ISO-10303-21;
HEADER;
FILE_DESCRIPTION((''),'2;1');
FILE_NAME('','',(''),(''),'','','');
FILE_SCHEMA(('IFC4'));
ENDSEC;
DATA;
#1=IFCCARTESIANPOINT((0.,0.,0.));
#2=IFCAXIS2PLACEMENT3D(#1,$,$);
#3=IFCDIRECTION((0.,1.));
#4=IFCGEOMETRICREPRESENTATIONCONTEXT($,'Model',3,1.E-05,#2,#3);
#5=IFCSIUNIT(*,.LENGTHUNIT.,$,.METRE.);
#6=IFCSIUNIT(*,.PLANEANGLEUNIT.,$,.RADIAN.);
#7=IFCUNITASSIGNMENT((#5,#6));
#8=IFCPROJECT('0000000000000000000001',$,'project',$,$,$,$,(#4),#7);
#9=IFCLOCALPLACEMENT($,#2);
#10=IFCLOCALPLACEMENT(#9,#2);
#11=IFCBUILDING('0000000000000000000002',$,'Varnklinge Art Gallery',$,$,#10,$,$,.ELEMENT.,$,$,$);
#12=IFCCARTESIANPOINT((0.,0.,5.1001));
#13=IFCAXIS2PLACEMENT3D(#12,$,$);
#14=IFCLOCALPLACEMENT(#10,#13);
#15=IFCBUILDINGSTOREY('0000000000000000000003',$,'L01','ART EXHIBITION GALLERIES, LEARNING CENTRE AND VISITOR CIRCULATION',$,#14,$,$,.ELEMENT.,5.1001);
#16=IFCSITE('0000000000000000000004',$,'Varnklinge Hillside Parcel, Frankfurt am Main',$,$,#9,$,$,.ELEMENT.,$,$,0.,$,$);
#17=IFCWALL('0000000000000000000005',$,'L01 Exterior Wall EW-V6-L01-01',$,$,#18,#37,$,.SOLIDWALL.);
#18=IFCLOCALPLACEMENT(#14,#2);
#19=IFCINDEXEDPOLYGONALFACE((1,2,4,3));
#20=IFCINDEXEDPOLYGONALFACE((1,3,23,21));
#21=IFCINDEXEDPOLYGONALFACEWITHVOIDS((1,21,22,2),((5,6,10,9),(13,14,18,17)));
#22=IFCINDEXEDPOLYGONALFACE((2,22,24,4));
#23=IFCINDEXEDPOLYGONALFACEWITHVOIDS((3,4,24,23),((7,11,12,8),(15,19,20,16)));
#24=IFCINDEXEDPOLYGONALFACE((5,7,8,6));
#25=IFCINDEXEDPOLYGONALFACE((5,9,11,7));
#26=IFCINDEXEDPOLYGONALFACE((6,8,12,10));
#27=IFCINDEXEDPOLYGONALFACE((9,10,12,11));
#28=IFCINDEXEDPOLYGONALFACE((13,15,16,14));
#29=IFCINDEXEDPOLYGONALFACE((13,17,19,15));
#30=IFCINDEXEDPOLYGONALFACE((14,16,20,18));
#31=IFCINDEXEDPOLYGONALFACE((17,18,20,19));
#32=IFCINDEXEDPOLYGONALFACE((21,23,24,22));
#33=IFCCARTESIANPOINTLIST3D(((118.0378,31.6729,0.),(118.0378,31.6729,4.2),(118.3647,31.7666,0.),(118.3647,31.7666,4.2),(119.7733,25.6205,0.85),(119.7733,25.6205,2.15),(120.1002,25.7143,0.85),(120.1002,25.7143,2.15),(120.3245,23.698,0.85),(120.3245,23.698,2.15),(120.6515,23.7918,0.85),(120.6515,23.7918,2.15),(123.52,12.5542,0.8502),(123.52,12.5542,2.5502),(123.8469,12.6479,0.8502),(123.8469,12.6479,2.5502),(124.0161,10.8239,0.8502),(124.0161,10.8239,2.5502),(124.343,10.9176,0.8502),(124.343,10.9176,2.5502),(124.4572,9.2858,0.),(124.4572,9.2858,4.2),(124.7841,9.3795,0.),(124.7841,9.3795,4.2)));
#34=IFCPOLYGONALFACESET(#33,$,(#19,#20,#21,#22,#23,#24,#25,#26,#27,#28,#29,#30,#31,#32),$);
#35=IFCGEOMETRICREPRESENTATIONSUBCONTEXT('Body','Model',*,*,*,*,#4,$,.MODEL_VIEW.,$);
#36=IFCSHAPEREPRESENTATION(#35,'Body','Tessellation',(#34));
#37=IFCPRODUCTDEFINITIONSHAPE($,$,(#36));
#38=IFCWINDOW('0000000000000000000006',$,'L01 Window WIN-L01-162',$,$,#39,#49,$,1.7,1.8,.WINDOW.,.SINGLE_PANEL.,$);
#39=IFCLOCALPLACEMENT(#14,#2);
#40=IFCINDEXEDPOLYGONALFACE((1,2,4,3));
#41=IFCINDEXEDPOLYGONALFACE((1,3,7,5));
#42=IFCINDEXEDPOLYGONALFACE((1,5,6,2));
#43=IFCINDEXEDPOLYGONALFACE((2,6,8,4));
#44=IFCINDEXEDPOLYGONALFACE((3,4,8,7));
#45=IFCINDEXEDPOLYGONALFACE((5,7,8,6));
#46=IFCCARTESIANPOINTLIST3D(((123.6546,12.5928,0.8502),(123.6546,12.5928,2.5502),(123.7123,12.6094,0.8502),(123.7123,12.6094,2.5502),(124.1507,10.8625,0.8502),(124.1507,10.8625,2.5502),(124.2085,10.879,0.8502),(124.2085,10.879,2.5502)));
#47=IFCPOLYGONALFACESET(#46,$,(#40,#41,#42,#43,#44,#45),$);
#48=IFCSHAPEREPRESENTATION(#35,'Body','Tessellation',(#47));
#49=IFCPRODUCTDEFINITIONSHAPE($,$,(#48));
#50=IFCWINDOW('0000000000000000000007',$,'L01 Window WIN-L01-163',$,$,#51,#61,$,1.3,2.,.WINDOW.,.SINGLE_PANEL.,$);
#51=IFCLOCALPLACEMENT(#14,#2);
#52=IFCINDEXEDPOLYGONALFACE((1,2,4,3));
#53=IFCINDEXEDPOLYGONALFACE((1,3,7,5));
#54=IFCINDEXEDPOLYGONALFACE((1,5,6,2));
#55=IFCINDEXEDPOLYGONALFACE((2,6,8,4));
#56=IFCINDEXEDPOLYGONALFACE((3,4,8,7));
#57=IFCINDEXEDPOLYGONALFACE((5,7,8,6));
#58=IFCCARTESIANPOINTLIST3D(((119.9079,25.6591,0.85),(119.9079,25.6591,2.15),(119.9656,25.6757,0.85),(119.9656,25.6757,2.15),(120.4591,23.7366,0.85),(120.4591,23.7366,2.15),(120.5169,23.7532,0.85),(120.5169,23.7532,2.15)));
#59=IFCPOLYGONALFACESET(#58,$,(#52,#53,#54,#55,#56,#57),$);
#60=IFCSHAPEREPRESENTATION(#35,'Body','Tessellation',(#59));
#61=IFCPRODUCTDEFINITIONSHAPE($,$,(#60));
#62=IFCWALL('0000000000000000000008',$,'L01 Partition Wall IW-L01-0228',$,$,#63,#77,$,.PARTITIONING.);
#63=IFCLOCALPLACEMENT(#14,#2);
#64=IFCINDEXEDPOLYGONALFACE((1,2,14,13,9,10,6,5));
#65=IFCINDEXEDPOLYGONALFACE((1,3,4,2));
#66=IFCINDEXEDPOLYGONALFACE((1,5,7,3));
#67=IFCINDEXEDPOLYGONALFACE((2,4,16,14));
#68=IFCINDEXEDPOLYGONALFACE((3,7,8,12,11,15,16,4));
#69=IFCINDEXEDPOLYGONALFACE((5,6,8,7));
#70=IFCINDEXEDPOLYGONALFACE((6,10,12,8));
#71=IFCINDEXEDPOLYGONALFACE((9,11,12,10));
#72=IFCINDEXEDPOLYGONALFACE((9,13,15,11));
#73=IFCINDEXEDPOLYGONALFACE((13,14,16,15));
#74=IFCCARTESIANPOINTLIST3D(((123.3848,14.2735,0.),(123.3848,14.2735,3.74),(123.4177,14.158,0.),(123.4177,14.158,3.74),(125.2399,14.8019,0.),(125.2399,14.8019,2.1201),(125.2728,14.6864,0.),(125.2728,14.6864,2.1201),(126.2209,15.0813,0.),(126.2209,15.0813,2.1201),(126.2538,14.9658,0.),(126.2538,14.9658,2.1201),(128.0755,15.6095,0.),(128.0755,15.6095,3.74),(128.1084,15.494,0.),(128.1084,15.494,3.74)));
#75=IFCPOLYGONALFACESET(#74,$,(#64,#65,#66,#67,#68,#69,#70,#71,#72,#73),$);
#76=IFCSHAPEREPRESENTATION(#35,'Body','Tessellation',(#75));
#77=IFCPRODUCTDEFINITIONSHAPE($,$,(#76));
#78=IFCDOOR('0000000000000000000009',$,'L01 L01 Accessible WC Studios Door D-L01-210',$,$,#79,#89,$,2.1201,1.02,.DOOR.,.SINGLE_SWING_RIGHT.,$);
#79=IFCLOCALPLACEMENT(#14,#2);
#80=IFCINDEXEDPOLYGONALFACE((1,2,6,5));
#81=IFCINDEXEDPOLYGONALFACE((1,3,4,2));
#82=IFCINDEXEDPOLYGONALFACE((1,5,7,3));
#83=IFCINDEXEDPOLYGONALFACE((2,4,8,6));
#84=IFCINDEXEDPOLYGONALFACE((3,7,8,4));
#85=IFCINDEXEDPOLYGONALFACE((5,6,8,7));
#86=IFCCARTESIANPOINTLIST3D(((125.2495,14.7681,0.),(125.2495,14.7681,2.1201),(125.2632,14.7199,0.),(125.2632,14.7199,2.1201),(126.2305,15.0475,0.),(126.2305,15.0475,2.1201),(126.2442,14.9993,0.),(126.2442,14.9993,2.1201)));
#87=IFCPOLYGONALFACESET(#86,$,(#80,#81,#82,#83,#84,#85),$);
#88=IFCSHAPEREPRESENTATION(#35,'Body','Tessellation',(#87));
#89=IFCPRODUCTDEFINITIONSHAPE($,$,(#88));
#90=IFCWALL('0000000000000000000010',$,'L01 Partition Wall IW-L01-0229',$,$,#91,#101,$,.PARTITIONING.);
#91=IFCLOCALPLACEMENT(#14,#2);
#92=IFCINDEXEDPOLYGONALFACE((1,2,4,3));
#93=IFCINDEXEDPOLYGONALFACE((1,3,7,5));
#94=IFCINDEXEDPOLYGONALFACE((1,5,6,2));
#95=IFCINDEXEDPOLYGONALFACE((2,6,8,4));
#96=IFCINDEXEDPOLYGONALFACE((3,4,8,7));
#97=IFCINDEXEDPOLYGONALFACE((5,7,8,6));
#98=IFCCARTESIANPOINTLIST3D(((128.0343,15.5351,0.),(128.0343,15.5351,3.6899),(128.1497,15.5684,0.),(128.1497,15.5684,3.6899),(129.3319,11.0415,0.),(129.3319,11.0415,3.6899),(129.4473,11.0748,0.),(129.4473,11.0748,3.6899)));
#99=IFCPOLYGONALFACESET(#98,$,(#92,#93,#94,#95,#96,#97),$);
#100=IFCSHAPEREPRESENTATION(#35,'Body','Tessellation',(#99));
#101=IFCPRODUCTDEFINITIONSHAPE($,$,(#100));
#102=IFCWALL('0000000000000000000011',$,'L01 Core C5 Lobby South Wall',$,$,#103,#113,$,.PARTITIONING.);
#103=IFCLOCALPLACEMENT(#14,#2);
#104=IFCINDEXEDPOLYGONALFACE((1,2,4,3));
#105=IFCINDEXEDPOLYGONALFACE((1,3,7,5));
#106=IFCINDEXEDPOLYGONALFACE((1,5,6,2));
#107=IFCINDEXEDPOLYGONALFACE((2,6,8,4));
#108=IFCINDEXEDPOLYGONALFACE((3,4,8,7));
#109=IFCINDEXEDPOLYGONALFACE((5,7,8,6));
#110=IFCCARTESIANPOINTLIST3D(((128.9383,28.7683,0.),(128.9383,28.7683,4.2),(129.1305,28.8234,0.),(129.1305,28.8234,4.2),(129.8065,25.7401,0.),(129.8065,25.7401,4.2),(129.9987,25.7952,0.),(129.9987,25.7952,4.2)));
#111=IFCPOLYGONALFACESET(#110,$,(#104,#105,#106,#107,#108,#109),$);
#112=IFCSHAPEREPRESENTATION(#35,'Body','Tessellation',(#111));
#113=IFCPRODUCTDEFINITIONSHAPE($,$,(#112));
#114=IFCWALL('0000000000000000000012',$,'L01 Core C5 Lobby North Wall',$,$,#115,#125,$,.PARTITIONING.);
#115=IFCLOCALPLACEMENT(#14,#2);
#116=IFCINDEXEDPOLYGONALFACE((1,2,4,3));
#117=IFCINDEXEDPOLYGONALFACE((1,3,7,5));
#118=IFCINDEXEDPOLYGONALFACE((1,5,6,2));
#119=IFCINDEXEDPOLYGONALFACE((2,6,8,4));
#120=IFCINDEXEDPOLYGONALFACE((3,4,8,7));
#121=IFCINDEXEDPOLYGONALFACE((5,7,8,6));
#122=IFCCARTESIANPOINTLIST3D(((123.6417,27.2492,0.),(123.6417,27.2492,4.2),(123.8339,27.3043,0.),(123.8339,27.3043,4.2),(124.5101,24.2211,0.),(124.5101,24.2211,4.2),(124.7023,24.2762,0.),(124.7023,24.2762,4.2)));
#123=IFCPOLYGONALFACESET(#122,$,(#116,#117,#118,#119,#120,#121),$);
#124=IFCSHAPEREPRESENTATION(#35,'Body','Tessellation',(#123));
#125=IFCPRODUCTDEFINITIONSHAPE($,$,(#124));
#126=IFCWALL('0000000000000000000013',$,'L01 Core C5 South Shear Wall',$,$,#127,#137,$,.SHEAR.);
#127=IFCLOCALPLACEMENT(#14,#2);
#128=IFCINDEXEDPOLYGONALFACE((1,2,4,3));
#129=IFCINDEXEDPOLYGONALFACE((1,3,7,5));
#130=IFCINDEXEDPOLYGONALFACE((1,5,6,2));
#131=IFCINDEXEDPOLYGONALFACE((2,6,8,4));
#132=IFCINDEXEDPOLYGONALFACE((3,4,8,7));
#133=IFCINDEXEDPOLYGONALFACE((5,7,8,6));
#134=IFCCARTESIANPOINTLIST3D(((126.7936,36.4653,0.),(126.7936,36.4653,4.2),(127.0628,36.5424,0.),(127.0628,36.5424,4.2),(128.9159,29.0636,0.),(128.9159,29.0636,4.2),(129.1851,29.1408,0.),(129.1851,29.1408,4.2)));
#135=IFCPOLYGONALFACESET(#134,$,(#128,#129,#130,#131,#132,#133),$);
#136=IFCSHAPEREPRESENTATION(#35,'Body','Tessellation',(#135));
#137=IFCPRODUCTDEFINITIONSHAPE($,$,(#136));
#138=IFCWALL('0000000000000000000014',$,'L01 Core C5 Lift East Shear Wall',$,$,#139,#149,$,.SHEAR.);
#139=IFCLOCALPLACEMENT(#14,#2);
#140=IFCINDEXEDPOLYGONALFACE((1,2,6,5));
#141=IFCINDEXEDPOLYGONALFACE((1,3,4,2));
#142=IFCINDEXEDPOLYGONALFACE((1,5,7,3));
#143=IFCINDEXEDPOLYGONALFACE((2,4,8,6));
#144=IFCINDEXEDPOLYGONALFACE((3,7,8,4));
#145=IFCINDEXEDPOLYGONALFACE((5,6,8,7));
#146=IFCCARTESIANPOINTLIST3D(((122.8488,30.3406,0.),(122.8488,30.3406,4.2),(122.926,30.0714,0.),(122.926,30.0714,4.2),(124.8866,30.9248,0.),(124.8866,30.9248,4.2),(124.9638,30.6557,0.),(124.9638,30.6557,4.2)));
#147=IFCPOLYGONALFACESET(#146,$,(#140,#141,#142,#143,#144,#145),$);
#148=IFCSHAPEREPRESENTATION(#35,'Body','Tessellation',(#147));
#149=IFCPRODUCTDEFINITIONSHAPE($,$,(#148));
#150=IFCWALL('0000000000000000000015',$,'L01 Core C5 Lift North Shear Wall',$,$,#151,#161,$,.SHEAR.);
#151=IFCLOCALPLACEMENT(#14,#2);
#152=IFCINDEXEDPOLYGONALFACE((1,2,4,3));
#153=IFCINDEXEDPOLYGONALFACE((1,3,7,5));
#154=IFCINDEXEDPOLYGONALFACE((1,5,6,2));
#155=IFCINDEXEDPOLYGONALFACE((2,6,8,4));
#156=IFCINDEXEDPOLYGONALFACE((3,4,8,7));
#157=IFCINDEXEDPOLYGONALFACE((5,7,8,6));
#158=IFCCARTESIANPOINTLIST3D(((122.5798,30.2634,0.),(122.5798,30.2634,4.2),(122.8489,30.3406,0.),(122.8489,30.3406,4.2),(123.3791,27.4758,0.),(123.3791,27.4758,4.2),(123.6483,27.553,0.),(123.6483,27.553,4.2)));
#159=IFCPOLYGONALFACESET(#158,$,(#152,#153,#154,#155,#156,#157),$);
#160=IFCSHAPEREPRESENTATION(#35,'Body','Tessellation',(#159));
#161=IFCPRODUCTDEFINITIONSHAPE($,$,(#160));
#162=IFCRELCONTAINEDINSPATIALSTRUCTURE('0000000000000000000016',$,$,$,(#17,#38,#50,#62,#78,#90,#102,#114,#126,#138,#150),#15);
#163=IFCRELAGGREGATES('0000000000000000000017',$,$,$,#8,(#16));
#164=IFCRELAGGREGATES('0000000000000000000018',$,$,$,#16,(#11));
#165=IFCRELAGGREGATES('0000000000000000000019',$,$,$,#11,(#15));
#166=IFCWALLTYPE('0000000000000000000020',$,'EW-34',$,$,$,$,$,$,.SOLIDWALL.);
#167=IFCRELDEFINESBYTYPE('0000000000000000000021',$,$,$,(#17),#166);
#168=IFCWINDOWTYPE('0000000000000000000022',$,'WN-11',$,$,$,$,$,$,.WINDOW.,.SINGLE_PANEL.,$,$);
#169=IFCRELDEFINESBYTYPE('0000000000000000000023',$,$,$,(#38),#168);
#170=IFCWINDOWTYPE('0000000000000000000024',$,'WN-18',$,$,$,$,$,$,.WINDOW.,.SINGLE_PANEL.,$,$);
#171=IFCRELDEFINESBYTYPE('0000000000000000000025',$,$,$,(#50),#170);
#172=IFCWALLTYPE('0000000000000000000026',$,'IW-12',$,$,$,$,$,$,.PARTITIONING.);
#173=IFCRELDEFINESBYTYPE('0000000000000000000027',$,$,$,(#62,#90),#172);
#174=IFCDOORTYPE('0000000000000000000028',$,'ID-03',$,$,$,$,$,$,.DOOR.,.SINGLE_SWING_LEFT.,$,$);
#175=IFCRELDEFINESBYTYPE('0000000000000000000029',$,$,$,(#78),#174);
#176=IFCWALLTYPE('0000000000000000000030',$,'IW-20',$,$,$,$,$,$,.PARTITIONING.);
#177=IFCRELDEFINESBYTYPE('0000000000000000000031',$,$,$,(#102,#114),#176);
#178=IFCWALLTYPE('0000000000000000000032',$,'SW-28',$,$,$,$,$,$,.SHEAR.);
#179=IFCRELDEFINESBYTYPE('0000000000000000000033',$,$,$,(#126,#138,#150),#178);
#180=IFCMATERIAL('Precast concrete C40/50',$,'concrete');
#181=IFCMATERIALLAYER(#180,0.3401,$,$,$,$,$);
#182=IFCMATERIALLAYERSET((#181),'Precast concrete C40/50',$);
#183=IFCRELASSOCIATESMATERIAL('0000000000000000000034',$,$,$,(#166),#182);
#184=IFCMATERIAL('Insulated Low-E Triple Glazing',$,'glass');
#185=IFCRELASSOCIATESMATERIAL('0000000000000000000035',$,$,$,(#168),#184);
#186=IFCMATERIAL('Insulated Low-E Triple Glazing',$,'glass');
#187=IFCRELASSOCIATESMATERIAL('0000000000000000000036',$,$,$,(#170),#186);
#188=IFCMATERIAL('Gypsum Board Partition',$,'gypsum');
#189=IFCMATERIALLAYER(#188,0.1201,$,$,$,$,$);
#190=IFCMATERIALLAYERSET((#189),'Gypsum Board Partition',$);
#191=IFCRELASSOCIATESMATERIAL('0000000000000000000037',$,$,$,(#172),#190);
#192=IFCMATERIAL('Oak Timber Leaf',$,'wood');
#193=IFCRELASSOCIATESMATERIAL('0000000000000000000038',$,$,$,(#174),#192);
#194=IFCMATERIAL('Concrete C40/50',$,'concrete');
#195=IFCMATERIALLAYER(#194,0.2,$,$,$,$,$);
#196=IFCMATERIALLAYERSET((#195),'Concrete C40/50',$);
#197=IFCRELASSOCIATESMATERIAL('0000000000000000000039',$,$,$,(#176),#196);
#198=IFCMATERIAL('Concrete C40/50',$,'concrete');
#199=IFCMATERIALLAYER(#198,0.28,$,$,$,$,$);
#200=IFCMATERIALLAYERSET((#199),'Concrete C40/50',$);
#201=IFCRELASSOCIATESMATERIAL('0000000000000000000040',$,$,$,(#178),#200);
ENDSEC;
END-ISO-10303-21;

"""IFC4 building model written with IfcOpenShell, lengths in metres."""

from ifc_helpers import new_model, si_unit, direction, frame, frame_2d, origin, place, context, subcontext, project, spatial, rectangle, extrude, material, layer, layer_set, type_object, element, fill, save


model = new_model("IFC4")

# Units and contexts
model_context = context("Model", 3, precision=1e-05, world=origin(), true_north=direction((0.0, 1.0)))
body_context = subcontext(model_context, "Body", "Model", "MODEL_VIEW")
ifc_project = project(units=[si_unit("LENGTHUNIT", "METRE"), si_unit("PLANEANGLEUNIT", "RADIAN")], contexts=[model_context])

# Site, building, storey
site_placement = place(None, origin())
site = spatial("IfcSite", under=ifc_project, at=site_placement, Name="Varnklinge Hillside Parcel, Frankfurt am Main", CompositionType="ELEMENT", RefElevation=0.0)
building_placement = place(site_placement, origin())
building = spatial("IfcBuilding", under=site, at=building_placement, Name="Varnklinge Art Gallery", CompositionType="ELEMENT")
storey_placement = place(building_placement, frame((0.0, 0.0, 5.1001)))
storey = spatial("IfcBuildingStorey", under=building, at=storey_placement, Name="L01", Description="ART EXHIBITION GALLERIES, LEARNING CENTRE AND VISITOR CIRCULATION", CompositionType="ELEMENT", Elevation=5.1001)

# Wall, openings, windows
ifc_material_1 = material(Name="Precast concrete C40/50", Category="concrete")
ifc_layer_1 = layer(ifc_material_1, 0.3401)
ifc_layer_set_1 = layer_set([ifc_layer_1], Name="Precast concrete C40/50")
wall_type_1 = type_object("IfcWallType", Name="EW-34", PredefinedType="SOLIDWALL", material=ifc_layer_set_1)
wall_1_placement = place(storey_placement, frame((124.6206, 9.3328, 0.0), z_axis=(0.0, 0.0, 1.0), x_axis=(-0.275638, 0.961262, 0.0)))
wall_1 = element("IfcWall", 1, at=wall_1_placement, inside=storey, type_object=wall_type_1, Name="L01 Exterior Wall EW-V6-L01-01", PredefinedType="SOLIDWALL", context=body_context, shape_type="SweptSolid", body=[
    extrude(rectangle(XDim=23.2893, YDim=0.3401, at=frame_2d((11.6445, 0.0))), origin(), (0.0, 0.0, 1.0), 4.2),
])
opening_1_placement = place(wall_1_placement, frame((1.6001, 0.0, 0.8501)))
opening_1 = element("IfcOpeningElement", 2, at=opening_1_placement, cuts=wall_1, PredefinedType="OPENING", context=body_context, shape_type="SweptSolid", body=[
    extrude(rectangle(XDim=1.8, YDim=1.7, at=frame_2d((0.8999, 0.8501))), frame((0.0, 0.1799, 0.0), z_axis=(0.0, -1.0, 0.0), x_axis=(1.0, 0.0, 0.0)), (0.0, 0.0, 1.0), 0.3601),
])
opening_2_placement = place(wall_1_placement, frame((14.9929, 0.0, 0.8501)))
opening_2 = element("IfcOpeningElement", 3, at=opening_2_placement, cuts=wall_1, PredefinedType="OPENING", context=body_context, shape_type="SweptSolid", body=[
    extrude(rectangle(XDim=2.0, YDim=1.3, at=frame_2d((1.0, 0.6499))), frame((0.0, 0.1799, 0.0), z_axis=(0.0, -1.0, 0.0), x_axis=(1.0, 0.0, 0.0)), (0.0, 0.0, 1.0), 0.3601),
])
ifc_material_2 = material(Name="Insulated Low-E Triple Glazing", Category="glass")
window_type_1 = type_object("IfcWindowType", Name="WN-11", PartitioningType="SINGLE_PANEL", PredefinedType="WINDOW", material=ifc_material_2)
window_1_placement = place(opening_1_placement, origin())
window_1 = element("IfcWindow", 4, at=window_1_placement, inside=storey, type_object=window_type_1, Name="L01 Window WIN-L01-162", OverallHeight=1.7, OverallWidth=1.8, PartitioningType="SINGLE_PANEL", PredefinedType="WINDOW", context=body_context, shape_type="SweptSolid", body=[
    extrude(rectangle(XDim=1.8, YDim=1.7, at=frame_2d((0.8999, 0.8501))), frame((0.0, 0.03, 0.0), z_axis=(0.0, -1.0, 0.0), x_axis=(1.0, 0.0, 0.0)), (0.0, 0.0, 1.0), 0.0601),
])
fill(opening_1, window_1)
ifc_material_3 = material(Name="Insulated Low-E Triple Glazing", Category="glass")
window_type_2 = type_object("IfcWindowType", Name="WN-18", PartitioningType="SINGLE_PANEL", PredefinedType="WINDOW", material=ifc_material_3)
window_2_placement = place(opening_2_placement, origin())
window_2 = element("IfcWindow", 5, at=window_2_placement, inside=storey, type_object=window_type_2, Name="L01 Window WIN-L01-163", OverallHeight=1.3, OverallWidth=2.0, PartitioningType="SINGLE_PANEL", PredefinedType="WINDOW", context=body_context, shape_type="SweptSolid", body=[
    extrude(rectangle(XDim=2.0, YDim=1.3, at=frame_2d((1.0, 0.6499))), frame((0.0, 0.03, 0.0), z_axis=(0.0, -1.0, 0.0), x_axis=(1.0, 0.0, 0.0)), (0.0, 0.0, 1.0), 0.0601),
])
fill(opening_2, window_2)

# Wall, opening, door
ifc_material_4 = material(Name="Gypsum Board Partition", Category="gypsum")
ifc_layer_2 = layer(ifc_material_4, 0.1201)
ifc_layer_set_2 = layer_set([ifc_layer_2], Name="Gypsum Board Partition")
wall_type_2 = type_object("IfcWallType", Name="IW-12", PredefinedType="PARTITIONING", material=ifc_layer_set_2)
wall_2_placement = place(storey_placement, frame((123.4014, 14.2158, 0.0), z_axis=(0.0, 0.0, 1.0), x_axis=(0.961754, 0.273914, 0.0)))
wall_2 = element("IfcWall", 6, at=wall_2_placement, inside=storey, type_object=wall_type_2, Name="L01 Partition Wall IW-L01-0228", PredefinedType="PARTITIONING", context=body_context, shape_type="SweptSolid", body=[
    extrude(rectangle(XDim=4.8772, YDim=0.1201, at=frame_2d((2.4385, 0.0))), origin(), (0.0, 0.0, 1.0), 3.74),
])
opening_3_placement = place(wall_2_placement, frame((1.9287, 0.0, 0.0)))
opening_3 = element("IfcOpeningElement", 7, at=opening_3_placement, cuts=wall_2, PredefinedType="OPENING", context=body_context, shape_type="SweptSolid", body=[
    extrude(rectangle(XDim=1.02, YDim=2.1201, at=frame_2d((0.51, 1.0601))), frame((0.0, 0.0701, 0.0), z_axis=(0.0, -1.0, 0.0), x_axis=(1.0, 0.0, 0.0)), (0.0, 0.0, 1.0), 0.1401),
])
ifc_material_5 = material(Name="Oak Timber Leaf", Category="wood")
door_type_1 = type_object("IfcDoorType", Name="ID-03", OperationType="SINGLE_SWING_LEFT", PredefinedType="DOOR", material=ifc_material_5)
door_1_placement = place(opening_3_placement, origin())
door_1 = element("IfcDoor", 8, at=door_1_placement, inside=storey, type_object=door_type_1, Name="L01 L01 Accessible WC Studios Door D-L01-210", OperationType="SINGLE_SWING_RIGHT", OverallHeight=2.1201, OverallWidth=1.02, PredefinedType="DOOR", context=body_context, shape_type="SweptSolid", body=[
    extrude(rectangle(XDim=1.02, YDim=2.1201, at=frame_2d((0.51, 1.0601))), frame((0.0, 0.0249, 0.0), z_axis=(0.0, -1.0, 0.0), x_axis=(1.0, 0.0, 0.0)), (0.0, 0.0, 1.0), 0.05),
])
fill(opening_3, door_1)

# Walls
wall_3_placement = place(storey_placement, frame((128.092, 15.5518, 0.0), z_axis=(0.0, 0.0, 1.0), x_axis=(0.277429, -0.960746, 0.0)))
element("IfcWall", 9, at=wall_3_placement, inside=storey, type_object=wall_type_2, Name="L01 Partition Wall IW-L01-0229", PredefinedType="PARTITIONING", context=body_context, shape_type="SweptSolid", body=[
    extrude(rectangle(XDim=4.6772, YDim=0.1201, at=frame_2d((2.3386, 0.0))), origin(), (0.0, 0.0, 1.0), 3.6899),
])
ifc_material_6 = material(Name="Concrete C40/50", Category="concrete")
ifc_layer_3 = layer(ifc_material_6, 0.2)
ifc_layer_set_3 = layer_set([ifc_layer_3], Name="Concrete C40/50")
wall_type_3 = type_object("IfcWallType", Name="IW-20", PredefinedType="PARTITIONING", material=ifc_layer_set_3)
for number, where, z_axis, x_axis, name in (
    (10, (129.9026, 25.7676, 0.0), (0.0, 0.0, 1.0), (-0.275601, 0.961272, 0.0), "L01 Core C5 Lobby South Wall"),
    (11, (123.7378, 27.2769, 0.0), (0.0, 0.0, 1.0), (0.275673, -0.961251, 0.0), "L01 Core C5 Lobby North Wall"),
):
    element("IfcWall", number, at=place(storey_placement, frame(where, z_axis=z_axis, x_axis=x_axis)), inside=storey, type_object=wall_type_3, Name=name, PredefinedType="PARTITIONING", context=body_context, shape_type="SweptSolid", body=[
        extrude(rectangle(XDim=3.1501, YDim=0.2, at=frame_2d((1.5752, 0.0))), origin(), (0.0, 0.0, 1.0), 4.2),
    ])
ifc_material_7 = material(Name="Concrete C40/50", Category="concrete")
ifc_layer_4 = layer(ifc_material_7, 0.28)
ifc_layer_set_4 = layer_set([ifc_layer_4], Name="Concrete C40/50")
wall_type_4 = type_object("IfcWallType", Name="SW-28", PredefinedType="SHEAR", material=ifc_layer_set_4)
wall_4_placement = place(storey_placement, frame((129.0505, 29.1021, 0.0), z_axis=(0.0, 0.0, 1.0), x_axis=(-0.27563, 0.961264, 0.0)))
element("IfcWall", 12, at=wall_4_placement, inside=storey, type_object=wall_type_4, Name="L01 Core C5 South Shear Wall", PredefinedType="SHEAR", context=body_context, shape_type="SweptSolid", body=[
    extrude(rectangle(XDim=7.7, YDim=0.28, at=frame_2d((3.8501, 0.0))), origin(), (0.0, 0.0, 1.0), 4.2),
])
wall_5_placement = place(storey_placement, frame((124.9253, 30.7903, 0.0), z_axis=(0.0, 0.0, 1.0), x_axis=(-0.961276, -0.275588, 0.0)))
element("IfcWall", 13, at=wall_5_placement, inside=storey, type_object=wall_type_4, Name="L01 Core C5 Lift East Shear Wall", PredefinedType="SHEAR", context=body_context, shape_type="SweptSolid", body=[
    extrude(rectangle(XDim=2.1199, YDim=0.28, at=frame_2d((1.0601, 0.0))), origin(), (0.0, 0.0, 1.0), 4.2),
])
wall_6_placement = place(storey_placement, frame((122.7144, 30.302, 0.0), z_axis=(0.0, 0.0, 1.0), x_axis=(0.275633, -0.961263, 0.0)))
element("IfcWall", 14, at=wall_6_placement, inside=storey, type_object=wall_type_4, Name="L01 Core C5 Lift North Shear Wall", PredefinedType="SHEAR", context=body_context, shape_type="SweptSolid", body=[
    extrude(rectangle(XDim=2.8999, YDim=0.28, at=frame_2d((1.45, 0.0))), origin(), (0.0, 0.0, 1.0), 4.2),
])

save(model, "model.ifc")
